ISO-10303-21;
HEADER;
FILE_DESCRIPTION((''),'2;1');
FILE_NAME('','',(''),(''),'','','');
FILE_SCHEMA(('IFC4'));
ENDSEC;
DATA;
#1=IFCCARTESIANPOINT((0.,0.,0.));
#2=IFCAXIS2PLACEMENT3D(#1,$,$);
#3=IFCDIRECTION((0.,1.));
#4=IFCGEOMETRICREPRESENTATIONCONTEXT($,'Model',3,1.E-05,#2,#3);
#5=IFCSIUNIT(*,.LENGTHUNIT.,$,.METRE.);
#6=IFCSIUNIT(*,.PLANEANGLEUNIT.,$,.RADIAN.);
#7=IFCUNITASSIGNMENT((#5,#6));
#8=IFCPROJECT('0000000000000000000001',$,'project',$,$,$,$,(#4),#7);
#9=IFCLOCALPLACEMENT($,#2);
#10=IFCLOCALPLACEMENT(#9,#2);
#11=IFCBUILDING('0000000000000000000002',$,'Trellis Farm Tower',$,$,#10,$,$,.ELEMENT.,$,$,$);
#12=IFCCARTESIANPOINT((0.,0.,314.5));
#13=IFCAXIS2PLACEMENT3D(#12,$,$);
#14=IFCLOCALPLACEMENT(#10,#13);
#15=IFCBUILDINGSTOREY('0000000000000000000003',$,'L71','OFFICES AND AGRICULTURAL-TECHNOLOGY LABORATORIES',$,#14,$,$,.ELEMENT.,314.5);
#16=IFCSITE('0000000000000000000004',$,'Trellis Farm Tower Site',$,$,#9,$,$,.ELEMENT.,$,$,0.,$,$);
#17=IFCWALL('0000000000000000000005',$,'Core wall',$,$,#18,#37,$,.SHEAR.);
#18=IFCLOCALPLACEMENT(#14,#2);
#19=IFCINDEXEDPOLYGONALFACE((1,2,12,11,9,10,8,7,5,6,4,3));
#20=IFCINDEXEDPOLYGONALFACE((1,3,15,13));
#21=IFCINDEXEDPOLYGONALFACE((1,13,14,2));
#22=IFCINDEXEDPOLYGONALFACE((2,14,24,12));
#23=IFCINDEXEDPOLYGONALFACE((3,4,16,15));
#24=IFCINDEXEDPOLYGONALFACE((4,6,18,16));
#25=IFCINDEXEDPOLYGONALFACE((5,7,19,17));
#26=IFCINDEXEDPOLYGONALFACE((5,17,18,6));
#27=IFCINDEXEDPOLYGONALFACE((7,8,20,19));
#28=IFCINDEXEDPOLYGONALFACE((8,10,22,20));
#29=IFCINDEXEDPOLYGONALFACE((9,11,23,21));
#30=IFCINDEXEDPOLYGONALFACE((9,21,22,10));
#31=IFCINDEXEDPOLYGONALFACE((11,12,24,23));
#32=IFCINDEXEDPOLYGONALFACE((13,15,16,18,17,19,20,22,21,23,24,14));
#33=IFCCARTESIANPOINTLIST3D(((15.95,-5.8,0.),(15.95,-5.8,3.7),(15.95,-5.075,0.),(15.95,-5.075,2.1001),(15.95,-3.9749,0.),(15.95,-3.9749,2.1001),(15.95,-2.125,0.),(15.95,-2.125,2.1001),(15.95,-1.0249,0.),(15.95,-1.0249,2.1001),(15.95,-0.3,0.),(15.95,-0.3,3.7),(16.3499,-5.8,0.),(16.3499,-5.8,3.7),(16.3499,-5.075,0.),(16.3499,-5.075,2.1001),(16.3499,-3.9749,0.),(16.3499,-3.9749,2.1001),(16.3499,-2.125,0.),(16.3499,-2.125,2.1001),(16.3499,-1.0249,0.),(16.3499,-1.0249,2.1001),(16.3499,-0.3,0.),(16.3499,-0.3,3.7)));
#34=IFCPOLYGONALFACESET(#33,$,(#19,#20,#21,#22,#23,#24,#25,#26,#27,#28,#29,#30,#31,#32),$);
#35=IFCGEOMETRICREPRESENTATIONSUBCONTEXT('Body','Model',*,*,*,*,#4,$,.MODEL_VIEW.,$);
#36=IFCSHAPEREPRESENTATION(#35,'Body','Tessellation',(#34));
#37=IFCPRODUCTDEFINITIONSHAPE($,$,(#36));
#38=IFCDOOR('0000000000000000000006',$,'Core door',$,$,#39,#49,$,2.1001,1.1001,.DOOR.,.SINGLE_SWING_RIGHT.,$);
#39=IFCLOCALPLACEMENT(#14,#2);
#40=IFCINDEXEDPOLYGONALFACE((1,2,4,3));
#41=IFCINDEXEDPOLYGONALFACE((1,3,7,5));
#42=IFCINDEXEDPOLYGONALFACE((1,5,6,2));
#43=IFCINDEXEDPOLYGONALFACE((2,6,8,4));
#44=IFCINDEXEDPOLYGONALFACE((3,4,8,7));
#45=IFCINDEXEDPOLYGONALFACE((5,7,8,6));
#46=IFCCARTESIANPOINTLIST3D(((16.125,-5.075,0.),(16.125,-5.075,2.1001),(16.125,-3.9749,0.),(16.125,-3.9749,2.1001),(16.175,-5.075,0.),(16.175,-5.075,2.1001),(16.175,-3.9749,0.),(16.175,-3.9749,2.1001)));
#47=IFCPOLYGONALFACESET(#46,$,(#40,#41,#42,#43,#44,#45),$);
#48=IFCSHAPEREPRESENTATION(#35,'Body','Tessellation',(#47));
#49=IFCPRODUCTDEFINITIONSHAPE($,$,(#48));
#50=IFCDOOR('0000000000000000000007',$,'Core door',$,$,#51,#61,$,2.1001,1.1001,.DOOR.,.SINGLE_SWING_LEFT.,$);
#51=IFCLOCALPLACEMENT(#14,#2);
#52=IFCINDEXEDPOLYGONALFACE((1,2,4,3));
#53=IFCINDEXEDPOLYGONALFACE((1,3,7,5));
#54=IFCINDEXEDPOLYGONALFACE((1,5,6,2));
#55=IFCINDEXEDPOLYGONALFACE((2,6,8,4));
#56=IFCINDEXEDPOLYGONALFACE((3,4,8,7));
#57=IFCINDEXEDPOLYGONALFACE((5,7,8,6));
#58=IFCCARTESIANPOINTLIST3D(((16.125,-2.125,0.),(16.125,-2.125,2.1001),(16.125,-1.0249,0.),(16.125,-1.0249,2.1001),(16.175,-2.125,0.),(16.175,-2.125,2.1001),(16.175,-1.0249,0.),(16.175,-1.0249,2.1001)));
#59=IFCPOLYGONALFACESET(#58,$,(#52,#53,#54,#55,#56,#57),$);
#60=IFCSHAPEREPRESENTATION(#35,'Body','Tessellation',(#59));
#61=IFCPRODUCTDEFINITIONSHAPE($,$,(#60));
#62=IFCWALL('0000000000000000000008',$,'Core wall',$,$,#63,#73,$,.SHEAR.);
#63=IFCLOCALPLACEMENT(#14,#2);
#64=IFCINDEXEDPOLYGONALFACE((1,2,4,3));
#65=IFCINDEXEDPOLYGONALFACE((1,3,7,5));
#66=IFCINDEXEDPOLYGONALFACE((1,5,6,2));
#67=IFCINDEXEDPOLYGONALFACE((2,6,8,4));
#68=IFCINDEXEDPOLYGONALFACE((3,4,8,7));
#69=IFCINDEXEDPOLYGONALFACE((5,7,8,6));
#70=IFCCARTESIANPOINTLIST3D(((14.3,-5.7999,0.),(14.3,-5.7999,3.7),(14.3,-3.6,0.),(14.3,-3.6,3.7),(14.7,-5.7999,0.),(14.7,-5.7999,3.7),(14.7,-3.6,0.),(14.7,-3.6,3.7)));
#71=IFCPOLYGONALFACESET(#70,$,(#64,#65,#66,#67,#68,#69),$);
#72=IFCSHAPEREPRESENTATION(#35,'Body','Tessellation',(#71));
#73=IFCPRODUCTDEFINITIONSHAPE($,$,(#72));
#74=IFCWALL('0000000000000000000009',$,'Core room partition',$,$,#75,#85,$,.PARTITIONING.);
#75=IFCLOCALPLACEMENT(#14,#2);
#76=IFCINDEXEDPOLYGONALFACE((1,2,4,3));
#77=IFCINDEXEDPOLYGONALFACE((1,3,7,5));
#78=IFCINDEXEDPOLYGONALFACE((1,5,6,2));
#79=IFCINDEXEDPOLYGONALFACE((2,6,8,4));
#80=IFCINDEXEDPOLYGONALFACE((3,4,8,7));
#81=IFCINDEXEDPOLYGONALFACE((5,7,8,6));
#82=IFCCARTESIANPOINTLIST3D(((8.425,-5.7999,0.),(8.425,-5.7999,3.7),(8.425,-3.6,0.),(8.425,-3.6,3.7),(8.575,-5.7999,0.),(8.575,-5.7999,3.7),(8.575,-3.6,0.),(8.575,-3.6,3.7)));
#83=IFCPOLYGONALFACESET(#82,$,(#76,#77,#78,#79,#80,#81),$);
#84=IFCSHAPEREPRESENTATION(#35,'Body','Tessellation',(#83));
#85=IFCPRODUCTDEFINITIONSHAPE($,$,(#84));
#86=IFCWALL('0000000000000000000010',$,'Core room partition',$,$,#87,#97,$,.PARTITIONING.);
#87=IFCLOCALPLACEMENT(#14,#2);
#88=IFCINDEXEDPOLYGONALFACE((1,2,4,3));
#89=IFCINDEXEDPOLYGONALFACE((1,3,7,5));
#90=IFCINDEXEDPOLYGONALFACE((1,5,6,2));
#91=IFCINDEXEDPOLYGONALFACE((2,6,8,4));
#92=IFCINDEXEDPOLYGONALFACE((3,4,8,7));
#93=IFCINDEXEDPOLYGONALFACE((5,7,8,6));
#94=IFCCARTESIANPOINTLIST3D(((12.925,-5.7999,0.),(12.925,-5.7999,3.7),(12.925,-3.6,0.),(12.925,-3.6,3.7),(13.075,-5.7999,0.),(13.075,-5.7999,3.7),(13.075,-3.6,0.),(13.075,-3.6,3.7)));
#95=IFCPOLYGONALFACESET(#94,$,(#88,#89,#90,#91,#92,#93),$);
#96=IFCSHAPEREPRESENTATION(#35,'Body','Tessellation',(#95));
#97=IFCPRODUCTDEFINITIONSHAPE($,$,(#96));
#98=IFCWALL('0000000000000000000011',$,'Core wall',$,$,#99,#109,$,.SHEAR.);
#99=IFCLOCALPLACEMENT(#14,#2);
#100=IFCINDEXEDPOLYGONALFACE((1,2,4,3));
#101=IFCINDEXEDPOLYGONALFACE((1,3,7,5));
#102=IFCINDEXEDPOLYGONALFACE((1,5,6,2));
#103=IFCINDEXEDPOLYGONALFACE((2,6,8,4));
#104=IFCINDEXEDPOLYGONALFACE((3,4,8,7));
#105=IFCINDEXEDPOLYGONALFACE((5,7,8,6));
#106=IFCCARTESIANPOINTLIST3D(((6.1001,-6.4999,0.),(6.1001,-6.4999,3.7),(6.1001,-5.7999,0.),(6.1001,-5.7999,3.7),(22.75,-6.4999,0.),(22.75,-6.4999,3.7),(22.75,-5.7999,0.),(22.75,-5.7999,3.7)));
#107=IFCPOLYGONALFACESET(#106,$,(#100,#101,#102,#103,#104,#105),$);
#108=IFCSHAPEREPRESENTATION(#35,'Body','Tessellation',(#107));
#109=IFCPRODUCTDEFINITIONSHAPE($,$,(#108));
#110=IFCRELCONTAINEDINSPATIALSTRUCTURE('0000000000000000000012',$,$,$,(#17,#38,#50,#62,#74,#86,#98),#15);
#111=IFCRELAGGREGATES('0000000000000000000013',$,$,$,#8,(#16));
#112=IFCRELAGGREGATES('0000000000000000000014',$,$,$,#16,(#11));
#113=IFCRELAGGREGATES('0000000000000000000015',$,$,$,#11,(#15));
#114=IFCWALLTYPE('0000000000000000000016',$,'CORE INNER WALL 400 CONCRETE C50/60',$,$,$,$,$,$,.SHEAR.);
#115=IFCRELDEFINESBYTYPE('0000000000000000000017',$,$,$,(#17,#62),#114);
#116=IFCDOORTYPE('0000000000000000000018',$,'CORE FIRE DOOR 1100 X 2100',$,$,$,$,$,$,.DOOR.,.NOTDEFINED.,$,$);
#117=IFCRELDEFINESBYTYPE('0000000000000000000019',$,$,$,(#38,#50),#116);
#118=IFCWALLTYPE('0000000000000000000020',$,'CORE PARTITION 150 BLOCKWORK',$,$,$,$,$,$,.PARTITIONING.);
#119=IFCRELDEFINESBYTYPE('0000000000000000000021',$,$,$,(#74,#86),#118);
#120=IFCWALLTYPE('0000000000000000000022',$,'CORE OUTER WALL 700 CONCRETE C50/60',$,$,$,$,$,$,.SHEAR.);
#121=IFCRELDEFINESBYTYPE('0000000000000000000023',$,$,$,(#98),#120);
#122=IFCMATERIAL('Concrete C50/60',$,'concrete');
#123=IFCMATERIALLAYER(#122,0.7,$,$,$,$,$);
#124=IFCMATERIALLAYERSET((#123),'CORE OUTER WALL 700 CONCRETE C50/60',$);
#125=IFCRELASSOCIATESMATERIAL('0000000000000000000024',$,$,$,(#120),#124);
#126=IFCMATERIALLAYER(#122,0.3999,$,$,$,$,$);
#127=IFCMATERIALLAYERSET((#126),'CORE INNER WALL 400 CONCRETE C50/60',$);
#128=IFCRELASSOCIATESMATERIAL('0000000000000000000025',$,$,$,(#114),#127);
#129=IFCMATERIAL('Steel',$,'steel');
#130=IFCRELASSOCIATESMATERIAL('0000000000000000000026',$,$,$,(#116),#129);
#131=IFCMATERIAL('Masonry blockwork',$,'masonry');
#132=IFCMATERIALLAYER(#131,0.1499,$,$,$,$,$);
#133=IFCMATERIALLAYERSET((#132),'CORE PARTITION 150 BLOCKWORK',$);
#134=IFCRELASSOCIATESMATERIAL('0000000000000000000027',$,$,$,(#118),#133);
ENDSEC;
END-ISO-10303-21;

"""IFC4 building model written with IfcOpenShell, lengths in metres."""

from ifc_helpers import new_model, si_unit, direction, frame, frame_2d, origin, place, context, subcontext, project, spatial, rectangle, extrude, source, transform, mapped, material, layer, layer_set, type_object, element, fill, save


model = new_model("IFC4")

# Units and contexts
model_context = context("Model", 3, precision=1e-05, world=origin(), true_north=direction((0.0, 1.0)))
body_context = subcontext(model_context, "Body", "Model", "MODEL_VIEW")
ifc_project = project(units=[si_unit("LENGTHUNIT", "METRE"), si_unit("PLANEANGLEUNIT", "RADIAN")], contexts=[model_context])

# Site, building, storey
site_placement = place(None, origin())
site = spatial("IfcSite", under=ifc_project, at=site_placement, Name="Trellis Farm Tower Site", CompositionType="ELEMENT", RefElevation=0.0)
building_placement = place(site_placement, origin())
building = spatial("IfcBuilding", under=site, at=building_placement, Name="Trellis Farm Tower", CompositionType="ELEMENT")
storey_placement = place(building_placement, frame((0.0, 0.0, 314.5)))
storey = spatial("IfcBuildingStorey", under=building, at=storey_placement, Name="L71", Description="OFFICES AND AGRICULTURAL-TECHNOLOGY LABORATORIES", CompositionType="ELEMENT", Elevation=314.5)

# Shared definitions
ifc_material_1 = material(Name="Concrete C50/60", Category="concrete")
ifc_layer_1 = layer(ifc_material_1, 0.7)
ifc_layer_set_1 = layer_set([ifc_layer_1], Name="CORE OUTER WALL 700 CONCRETE C50/60")
wall_type_1 = type_object("IfcWallType", Name="CORE OUTER WALL 700 CONCRETE C50/60", PredefinedType="SHEAR", material=ifc_layer_set_1)
ifc_material_2 = material(Name="Steel", Category="steel")

# Wall, openings, doors
ifc_layer_2 = layer(ifc_material_1, 0.3999)
ifc_layer_set_2 = layer_set([ifc_layer_2], Name="CORE INNER WALL 400 CONCRETE C50/60")
wall_type_2 = type_object("IfcWallType", Name="CORE INNER WALL 400 CONCRETE C50/60", PredefinedType="SHEAR", material=ifc_layer_set_2)
shared_shape_1 = source(origin(), body_context, "Body", "SweptSolid", [
    extrude(rectangle(XDim=5.5, YDim=0.3999, at=frame_2d((2.75, 0.0))), origin(), (0.0, 0.0, 1.0), 3.7),
])
wall_1_placement = place(storey_placement, frame((16.1499, -5.8, 0.0), z_axis=(0.0, 0.0, 1.0), x_axis=(0.0, 1.0, 0.0)))
wall_1 = element("IfcWall", 1, at=wall_1_placement, inside=storey, type_object=wall_type_2, Name="Core wall", PredefinedType="SHEAR", context=body_context, shape_type="MappedRepresentation", body=[
    mapped(shared_shape_1, transform((0.0, 0.0, 0.0))),
])
shared_shape_2 = source(origin(), body_context, "Body", "SweptSolid", [
    extrude(rectangle(XDim=1.1001, YDim=2.1001, at=frame_2d((0.55, 1.05))), frame((0.0, 0.21, 0.0), z_axis=(0.0, -1.0, 0.0), x_axis=(1.0, 0.0, 0.0)), (0.0, 0.0, 1.0), 0.4199),
])
opening_1_placement = place(wall_1_placement, frame((0.7251, 0.0, 0.0)))
opening_1 = element("IfcOpeningElement", 2, at=opening_1_placement, cuts=wall_1, PredefinedType="OPENING", context=body_context, shape_type="MappedRepresentation", body=[
    mapped(shared_shape_2, transform((0.0, 0.0, 0.0))),
])
opening_2_placement = place(wall_1_placement, frame((3.675, 0.0, 0.0)))
opening_2 = element("IfcOpeningElement", 3, at=opening_2_placement, cuts=wall_1, PredefinedType="OPENING", context=body_context, shape_type="MappedRepresentation", body=[
    mapped(shared_shape_2, transform((0.0, 0.0, 0.0))),
])
door_type_1 = type_object("IfcDoorType", Name="CORE FIRE DOOR 1100 X 2100", OperationType="NOTDEFINED", PredefinedType="DOOR", material=ifc_material_2)
shared_shape_3 = source(origin(), body_context, "Body", "SweptSolid", [
    extrude(rectangle(XDim=1.1001, YDim=2.1001, at=frame_2d((0.55, 1.05))), frame((0.0, 0.0249, 0.0), z_axis=(0.0, -1.0, 0.0), x_axis=(1.0, 0.0, 0.0)), (0.0, 0.0, 1.0), 0.05),
])
door_1_placement = place(opening_1_placement, origin())
door_1 = element("IfcDoor", 4, at=door_1_placement, inside=storey, type_object=door_type_1, Name="Core door", OperationType="SINGLE_SWING_RIGHT", OverallHeight=2.1001, OverallWidth=1.1001, PredefinedType="DOOR", context=body_context, shape_type="MappedRepresentation", body=[
    mapped(shared_shape_3, transform((0.0, 0.0, 0.0))),
])
fill(opening_1, door_1)
door_2_placement = place(opening_2_placement, origin())
door_2 = element("IfcDoor", 5, at=door_2_placement, inside=storey, type_object=door_type_1, Name="Core door", OperationType="SINGLE_SWING_LEFT", OverallHeight=2.1001, OverallWidth=1.1001, PredefinedType="DOOR", context=body_context, shape_type="MappedRepresentation", body=[
    mapped(shared_shape_3, transform((0.0, 0.0, 0.0))),
])
fill(opening_2, door_2)

# Walls
shared_shape_4 = source(origin(), body_context, "Body", "SweptSolid", [
    extrude(rectangle(XDim=2.2, YDim=0.3999, at=frame_2d((1.1001, 0.0))), origin(), (0.0, 0.0, 1.0), 3.7),
])
wall_2_placement = place(storey_placement, frame((14.5, -5.8, 0.0), z_axis=(0.0, 0.0, 1.0), x_axis=(0.0, 1.0, 0.0)))
element("IfcWall", 6, at=wall_2_placement, inside=storey, type_object=wall_type_2, Name="Core wall", PredefinedType="SHEAR", context=body_context, shape_type="MappedRepresentation", body=[
    mapped(shared_shape_4, transform((0.0, 0.0, 0.0))),
])
ifc_material_3 = material(Name="Masonry blockwork", Category="masonry")
ifc_layer_3 = layer(ifc_material_3, 0.1499)
ifc_layer_set_3 = layer_set([ifc_layer_3], Name="CORE PARTITION 150 BLOCKWORK")
wall_type_3 = type_object("IfcWallType", Name="CORE PARTITION 150 BLOCKWORK", PredefinedType="PARTITIONING", material=ifc_layer_set_3)
shared_shape_5 = source(origin(), body_context, "Body", "SweptSolid", [
    extrude(rectangle(XDim=2.2, YDim=0.1499, at=frame_2d((1.1001, 0.0))), origin(), (0.0, 0.0, 1.0), 3.7),
])
for number, where, z_axis, x_axis, name in (
    (7, (8.5, -5.8, 0.0), (0.0, 0.0, 1.0), (0.0, 1.0, 0.0), "Core room partition"),
    (8, (13.0, -5.8, 0.0), (0.0, 0.0, 1.0), (0.0, 1.0, 0.0), "Core room partition"),
):
    element("IfcWall", number, at=place(storey_placement, frame(where, z_axis=z_axis, x_axis=x_axis)), inside=storey, type_object=wall_type_3, Name=name, PredefinedType="PARTITIONING", context=body_context, shape_type="MappedRepresentation", body=[
        mapped(shared_shape_5, transform((0.0, 0.0, 0.0))),
    ])
shared_shape_6 = source(origin(), body_context, "Body", "SweptSolid", [
    extrude(rectangle(XDim=16.6499, YDim=0.7, at=frame_2d((8.325, 0.0))), origin(), (0.0, 0.0, 1.0), 3.7),
])
wall_3_placement = place(storey_placement, frame((6.1001, -6.1499, 0.0), z_axis=(0.0, 0.0, 1.0), x_axis=(1.0, 0.0, 0.0)))
element("IfcWall", 9, at=wall_3_placement, inside=storey, type_object=wall_type_1, Name="Core wall", PredefinedType="SHEAR", context=body_context, shape_type="MappedRepresentation", body=[
    mapped(shared_shape_6, transform((0.0, 0.0, 0.0))),
])

save(model, "model.ifc")
